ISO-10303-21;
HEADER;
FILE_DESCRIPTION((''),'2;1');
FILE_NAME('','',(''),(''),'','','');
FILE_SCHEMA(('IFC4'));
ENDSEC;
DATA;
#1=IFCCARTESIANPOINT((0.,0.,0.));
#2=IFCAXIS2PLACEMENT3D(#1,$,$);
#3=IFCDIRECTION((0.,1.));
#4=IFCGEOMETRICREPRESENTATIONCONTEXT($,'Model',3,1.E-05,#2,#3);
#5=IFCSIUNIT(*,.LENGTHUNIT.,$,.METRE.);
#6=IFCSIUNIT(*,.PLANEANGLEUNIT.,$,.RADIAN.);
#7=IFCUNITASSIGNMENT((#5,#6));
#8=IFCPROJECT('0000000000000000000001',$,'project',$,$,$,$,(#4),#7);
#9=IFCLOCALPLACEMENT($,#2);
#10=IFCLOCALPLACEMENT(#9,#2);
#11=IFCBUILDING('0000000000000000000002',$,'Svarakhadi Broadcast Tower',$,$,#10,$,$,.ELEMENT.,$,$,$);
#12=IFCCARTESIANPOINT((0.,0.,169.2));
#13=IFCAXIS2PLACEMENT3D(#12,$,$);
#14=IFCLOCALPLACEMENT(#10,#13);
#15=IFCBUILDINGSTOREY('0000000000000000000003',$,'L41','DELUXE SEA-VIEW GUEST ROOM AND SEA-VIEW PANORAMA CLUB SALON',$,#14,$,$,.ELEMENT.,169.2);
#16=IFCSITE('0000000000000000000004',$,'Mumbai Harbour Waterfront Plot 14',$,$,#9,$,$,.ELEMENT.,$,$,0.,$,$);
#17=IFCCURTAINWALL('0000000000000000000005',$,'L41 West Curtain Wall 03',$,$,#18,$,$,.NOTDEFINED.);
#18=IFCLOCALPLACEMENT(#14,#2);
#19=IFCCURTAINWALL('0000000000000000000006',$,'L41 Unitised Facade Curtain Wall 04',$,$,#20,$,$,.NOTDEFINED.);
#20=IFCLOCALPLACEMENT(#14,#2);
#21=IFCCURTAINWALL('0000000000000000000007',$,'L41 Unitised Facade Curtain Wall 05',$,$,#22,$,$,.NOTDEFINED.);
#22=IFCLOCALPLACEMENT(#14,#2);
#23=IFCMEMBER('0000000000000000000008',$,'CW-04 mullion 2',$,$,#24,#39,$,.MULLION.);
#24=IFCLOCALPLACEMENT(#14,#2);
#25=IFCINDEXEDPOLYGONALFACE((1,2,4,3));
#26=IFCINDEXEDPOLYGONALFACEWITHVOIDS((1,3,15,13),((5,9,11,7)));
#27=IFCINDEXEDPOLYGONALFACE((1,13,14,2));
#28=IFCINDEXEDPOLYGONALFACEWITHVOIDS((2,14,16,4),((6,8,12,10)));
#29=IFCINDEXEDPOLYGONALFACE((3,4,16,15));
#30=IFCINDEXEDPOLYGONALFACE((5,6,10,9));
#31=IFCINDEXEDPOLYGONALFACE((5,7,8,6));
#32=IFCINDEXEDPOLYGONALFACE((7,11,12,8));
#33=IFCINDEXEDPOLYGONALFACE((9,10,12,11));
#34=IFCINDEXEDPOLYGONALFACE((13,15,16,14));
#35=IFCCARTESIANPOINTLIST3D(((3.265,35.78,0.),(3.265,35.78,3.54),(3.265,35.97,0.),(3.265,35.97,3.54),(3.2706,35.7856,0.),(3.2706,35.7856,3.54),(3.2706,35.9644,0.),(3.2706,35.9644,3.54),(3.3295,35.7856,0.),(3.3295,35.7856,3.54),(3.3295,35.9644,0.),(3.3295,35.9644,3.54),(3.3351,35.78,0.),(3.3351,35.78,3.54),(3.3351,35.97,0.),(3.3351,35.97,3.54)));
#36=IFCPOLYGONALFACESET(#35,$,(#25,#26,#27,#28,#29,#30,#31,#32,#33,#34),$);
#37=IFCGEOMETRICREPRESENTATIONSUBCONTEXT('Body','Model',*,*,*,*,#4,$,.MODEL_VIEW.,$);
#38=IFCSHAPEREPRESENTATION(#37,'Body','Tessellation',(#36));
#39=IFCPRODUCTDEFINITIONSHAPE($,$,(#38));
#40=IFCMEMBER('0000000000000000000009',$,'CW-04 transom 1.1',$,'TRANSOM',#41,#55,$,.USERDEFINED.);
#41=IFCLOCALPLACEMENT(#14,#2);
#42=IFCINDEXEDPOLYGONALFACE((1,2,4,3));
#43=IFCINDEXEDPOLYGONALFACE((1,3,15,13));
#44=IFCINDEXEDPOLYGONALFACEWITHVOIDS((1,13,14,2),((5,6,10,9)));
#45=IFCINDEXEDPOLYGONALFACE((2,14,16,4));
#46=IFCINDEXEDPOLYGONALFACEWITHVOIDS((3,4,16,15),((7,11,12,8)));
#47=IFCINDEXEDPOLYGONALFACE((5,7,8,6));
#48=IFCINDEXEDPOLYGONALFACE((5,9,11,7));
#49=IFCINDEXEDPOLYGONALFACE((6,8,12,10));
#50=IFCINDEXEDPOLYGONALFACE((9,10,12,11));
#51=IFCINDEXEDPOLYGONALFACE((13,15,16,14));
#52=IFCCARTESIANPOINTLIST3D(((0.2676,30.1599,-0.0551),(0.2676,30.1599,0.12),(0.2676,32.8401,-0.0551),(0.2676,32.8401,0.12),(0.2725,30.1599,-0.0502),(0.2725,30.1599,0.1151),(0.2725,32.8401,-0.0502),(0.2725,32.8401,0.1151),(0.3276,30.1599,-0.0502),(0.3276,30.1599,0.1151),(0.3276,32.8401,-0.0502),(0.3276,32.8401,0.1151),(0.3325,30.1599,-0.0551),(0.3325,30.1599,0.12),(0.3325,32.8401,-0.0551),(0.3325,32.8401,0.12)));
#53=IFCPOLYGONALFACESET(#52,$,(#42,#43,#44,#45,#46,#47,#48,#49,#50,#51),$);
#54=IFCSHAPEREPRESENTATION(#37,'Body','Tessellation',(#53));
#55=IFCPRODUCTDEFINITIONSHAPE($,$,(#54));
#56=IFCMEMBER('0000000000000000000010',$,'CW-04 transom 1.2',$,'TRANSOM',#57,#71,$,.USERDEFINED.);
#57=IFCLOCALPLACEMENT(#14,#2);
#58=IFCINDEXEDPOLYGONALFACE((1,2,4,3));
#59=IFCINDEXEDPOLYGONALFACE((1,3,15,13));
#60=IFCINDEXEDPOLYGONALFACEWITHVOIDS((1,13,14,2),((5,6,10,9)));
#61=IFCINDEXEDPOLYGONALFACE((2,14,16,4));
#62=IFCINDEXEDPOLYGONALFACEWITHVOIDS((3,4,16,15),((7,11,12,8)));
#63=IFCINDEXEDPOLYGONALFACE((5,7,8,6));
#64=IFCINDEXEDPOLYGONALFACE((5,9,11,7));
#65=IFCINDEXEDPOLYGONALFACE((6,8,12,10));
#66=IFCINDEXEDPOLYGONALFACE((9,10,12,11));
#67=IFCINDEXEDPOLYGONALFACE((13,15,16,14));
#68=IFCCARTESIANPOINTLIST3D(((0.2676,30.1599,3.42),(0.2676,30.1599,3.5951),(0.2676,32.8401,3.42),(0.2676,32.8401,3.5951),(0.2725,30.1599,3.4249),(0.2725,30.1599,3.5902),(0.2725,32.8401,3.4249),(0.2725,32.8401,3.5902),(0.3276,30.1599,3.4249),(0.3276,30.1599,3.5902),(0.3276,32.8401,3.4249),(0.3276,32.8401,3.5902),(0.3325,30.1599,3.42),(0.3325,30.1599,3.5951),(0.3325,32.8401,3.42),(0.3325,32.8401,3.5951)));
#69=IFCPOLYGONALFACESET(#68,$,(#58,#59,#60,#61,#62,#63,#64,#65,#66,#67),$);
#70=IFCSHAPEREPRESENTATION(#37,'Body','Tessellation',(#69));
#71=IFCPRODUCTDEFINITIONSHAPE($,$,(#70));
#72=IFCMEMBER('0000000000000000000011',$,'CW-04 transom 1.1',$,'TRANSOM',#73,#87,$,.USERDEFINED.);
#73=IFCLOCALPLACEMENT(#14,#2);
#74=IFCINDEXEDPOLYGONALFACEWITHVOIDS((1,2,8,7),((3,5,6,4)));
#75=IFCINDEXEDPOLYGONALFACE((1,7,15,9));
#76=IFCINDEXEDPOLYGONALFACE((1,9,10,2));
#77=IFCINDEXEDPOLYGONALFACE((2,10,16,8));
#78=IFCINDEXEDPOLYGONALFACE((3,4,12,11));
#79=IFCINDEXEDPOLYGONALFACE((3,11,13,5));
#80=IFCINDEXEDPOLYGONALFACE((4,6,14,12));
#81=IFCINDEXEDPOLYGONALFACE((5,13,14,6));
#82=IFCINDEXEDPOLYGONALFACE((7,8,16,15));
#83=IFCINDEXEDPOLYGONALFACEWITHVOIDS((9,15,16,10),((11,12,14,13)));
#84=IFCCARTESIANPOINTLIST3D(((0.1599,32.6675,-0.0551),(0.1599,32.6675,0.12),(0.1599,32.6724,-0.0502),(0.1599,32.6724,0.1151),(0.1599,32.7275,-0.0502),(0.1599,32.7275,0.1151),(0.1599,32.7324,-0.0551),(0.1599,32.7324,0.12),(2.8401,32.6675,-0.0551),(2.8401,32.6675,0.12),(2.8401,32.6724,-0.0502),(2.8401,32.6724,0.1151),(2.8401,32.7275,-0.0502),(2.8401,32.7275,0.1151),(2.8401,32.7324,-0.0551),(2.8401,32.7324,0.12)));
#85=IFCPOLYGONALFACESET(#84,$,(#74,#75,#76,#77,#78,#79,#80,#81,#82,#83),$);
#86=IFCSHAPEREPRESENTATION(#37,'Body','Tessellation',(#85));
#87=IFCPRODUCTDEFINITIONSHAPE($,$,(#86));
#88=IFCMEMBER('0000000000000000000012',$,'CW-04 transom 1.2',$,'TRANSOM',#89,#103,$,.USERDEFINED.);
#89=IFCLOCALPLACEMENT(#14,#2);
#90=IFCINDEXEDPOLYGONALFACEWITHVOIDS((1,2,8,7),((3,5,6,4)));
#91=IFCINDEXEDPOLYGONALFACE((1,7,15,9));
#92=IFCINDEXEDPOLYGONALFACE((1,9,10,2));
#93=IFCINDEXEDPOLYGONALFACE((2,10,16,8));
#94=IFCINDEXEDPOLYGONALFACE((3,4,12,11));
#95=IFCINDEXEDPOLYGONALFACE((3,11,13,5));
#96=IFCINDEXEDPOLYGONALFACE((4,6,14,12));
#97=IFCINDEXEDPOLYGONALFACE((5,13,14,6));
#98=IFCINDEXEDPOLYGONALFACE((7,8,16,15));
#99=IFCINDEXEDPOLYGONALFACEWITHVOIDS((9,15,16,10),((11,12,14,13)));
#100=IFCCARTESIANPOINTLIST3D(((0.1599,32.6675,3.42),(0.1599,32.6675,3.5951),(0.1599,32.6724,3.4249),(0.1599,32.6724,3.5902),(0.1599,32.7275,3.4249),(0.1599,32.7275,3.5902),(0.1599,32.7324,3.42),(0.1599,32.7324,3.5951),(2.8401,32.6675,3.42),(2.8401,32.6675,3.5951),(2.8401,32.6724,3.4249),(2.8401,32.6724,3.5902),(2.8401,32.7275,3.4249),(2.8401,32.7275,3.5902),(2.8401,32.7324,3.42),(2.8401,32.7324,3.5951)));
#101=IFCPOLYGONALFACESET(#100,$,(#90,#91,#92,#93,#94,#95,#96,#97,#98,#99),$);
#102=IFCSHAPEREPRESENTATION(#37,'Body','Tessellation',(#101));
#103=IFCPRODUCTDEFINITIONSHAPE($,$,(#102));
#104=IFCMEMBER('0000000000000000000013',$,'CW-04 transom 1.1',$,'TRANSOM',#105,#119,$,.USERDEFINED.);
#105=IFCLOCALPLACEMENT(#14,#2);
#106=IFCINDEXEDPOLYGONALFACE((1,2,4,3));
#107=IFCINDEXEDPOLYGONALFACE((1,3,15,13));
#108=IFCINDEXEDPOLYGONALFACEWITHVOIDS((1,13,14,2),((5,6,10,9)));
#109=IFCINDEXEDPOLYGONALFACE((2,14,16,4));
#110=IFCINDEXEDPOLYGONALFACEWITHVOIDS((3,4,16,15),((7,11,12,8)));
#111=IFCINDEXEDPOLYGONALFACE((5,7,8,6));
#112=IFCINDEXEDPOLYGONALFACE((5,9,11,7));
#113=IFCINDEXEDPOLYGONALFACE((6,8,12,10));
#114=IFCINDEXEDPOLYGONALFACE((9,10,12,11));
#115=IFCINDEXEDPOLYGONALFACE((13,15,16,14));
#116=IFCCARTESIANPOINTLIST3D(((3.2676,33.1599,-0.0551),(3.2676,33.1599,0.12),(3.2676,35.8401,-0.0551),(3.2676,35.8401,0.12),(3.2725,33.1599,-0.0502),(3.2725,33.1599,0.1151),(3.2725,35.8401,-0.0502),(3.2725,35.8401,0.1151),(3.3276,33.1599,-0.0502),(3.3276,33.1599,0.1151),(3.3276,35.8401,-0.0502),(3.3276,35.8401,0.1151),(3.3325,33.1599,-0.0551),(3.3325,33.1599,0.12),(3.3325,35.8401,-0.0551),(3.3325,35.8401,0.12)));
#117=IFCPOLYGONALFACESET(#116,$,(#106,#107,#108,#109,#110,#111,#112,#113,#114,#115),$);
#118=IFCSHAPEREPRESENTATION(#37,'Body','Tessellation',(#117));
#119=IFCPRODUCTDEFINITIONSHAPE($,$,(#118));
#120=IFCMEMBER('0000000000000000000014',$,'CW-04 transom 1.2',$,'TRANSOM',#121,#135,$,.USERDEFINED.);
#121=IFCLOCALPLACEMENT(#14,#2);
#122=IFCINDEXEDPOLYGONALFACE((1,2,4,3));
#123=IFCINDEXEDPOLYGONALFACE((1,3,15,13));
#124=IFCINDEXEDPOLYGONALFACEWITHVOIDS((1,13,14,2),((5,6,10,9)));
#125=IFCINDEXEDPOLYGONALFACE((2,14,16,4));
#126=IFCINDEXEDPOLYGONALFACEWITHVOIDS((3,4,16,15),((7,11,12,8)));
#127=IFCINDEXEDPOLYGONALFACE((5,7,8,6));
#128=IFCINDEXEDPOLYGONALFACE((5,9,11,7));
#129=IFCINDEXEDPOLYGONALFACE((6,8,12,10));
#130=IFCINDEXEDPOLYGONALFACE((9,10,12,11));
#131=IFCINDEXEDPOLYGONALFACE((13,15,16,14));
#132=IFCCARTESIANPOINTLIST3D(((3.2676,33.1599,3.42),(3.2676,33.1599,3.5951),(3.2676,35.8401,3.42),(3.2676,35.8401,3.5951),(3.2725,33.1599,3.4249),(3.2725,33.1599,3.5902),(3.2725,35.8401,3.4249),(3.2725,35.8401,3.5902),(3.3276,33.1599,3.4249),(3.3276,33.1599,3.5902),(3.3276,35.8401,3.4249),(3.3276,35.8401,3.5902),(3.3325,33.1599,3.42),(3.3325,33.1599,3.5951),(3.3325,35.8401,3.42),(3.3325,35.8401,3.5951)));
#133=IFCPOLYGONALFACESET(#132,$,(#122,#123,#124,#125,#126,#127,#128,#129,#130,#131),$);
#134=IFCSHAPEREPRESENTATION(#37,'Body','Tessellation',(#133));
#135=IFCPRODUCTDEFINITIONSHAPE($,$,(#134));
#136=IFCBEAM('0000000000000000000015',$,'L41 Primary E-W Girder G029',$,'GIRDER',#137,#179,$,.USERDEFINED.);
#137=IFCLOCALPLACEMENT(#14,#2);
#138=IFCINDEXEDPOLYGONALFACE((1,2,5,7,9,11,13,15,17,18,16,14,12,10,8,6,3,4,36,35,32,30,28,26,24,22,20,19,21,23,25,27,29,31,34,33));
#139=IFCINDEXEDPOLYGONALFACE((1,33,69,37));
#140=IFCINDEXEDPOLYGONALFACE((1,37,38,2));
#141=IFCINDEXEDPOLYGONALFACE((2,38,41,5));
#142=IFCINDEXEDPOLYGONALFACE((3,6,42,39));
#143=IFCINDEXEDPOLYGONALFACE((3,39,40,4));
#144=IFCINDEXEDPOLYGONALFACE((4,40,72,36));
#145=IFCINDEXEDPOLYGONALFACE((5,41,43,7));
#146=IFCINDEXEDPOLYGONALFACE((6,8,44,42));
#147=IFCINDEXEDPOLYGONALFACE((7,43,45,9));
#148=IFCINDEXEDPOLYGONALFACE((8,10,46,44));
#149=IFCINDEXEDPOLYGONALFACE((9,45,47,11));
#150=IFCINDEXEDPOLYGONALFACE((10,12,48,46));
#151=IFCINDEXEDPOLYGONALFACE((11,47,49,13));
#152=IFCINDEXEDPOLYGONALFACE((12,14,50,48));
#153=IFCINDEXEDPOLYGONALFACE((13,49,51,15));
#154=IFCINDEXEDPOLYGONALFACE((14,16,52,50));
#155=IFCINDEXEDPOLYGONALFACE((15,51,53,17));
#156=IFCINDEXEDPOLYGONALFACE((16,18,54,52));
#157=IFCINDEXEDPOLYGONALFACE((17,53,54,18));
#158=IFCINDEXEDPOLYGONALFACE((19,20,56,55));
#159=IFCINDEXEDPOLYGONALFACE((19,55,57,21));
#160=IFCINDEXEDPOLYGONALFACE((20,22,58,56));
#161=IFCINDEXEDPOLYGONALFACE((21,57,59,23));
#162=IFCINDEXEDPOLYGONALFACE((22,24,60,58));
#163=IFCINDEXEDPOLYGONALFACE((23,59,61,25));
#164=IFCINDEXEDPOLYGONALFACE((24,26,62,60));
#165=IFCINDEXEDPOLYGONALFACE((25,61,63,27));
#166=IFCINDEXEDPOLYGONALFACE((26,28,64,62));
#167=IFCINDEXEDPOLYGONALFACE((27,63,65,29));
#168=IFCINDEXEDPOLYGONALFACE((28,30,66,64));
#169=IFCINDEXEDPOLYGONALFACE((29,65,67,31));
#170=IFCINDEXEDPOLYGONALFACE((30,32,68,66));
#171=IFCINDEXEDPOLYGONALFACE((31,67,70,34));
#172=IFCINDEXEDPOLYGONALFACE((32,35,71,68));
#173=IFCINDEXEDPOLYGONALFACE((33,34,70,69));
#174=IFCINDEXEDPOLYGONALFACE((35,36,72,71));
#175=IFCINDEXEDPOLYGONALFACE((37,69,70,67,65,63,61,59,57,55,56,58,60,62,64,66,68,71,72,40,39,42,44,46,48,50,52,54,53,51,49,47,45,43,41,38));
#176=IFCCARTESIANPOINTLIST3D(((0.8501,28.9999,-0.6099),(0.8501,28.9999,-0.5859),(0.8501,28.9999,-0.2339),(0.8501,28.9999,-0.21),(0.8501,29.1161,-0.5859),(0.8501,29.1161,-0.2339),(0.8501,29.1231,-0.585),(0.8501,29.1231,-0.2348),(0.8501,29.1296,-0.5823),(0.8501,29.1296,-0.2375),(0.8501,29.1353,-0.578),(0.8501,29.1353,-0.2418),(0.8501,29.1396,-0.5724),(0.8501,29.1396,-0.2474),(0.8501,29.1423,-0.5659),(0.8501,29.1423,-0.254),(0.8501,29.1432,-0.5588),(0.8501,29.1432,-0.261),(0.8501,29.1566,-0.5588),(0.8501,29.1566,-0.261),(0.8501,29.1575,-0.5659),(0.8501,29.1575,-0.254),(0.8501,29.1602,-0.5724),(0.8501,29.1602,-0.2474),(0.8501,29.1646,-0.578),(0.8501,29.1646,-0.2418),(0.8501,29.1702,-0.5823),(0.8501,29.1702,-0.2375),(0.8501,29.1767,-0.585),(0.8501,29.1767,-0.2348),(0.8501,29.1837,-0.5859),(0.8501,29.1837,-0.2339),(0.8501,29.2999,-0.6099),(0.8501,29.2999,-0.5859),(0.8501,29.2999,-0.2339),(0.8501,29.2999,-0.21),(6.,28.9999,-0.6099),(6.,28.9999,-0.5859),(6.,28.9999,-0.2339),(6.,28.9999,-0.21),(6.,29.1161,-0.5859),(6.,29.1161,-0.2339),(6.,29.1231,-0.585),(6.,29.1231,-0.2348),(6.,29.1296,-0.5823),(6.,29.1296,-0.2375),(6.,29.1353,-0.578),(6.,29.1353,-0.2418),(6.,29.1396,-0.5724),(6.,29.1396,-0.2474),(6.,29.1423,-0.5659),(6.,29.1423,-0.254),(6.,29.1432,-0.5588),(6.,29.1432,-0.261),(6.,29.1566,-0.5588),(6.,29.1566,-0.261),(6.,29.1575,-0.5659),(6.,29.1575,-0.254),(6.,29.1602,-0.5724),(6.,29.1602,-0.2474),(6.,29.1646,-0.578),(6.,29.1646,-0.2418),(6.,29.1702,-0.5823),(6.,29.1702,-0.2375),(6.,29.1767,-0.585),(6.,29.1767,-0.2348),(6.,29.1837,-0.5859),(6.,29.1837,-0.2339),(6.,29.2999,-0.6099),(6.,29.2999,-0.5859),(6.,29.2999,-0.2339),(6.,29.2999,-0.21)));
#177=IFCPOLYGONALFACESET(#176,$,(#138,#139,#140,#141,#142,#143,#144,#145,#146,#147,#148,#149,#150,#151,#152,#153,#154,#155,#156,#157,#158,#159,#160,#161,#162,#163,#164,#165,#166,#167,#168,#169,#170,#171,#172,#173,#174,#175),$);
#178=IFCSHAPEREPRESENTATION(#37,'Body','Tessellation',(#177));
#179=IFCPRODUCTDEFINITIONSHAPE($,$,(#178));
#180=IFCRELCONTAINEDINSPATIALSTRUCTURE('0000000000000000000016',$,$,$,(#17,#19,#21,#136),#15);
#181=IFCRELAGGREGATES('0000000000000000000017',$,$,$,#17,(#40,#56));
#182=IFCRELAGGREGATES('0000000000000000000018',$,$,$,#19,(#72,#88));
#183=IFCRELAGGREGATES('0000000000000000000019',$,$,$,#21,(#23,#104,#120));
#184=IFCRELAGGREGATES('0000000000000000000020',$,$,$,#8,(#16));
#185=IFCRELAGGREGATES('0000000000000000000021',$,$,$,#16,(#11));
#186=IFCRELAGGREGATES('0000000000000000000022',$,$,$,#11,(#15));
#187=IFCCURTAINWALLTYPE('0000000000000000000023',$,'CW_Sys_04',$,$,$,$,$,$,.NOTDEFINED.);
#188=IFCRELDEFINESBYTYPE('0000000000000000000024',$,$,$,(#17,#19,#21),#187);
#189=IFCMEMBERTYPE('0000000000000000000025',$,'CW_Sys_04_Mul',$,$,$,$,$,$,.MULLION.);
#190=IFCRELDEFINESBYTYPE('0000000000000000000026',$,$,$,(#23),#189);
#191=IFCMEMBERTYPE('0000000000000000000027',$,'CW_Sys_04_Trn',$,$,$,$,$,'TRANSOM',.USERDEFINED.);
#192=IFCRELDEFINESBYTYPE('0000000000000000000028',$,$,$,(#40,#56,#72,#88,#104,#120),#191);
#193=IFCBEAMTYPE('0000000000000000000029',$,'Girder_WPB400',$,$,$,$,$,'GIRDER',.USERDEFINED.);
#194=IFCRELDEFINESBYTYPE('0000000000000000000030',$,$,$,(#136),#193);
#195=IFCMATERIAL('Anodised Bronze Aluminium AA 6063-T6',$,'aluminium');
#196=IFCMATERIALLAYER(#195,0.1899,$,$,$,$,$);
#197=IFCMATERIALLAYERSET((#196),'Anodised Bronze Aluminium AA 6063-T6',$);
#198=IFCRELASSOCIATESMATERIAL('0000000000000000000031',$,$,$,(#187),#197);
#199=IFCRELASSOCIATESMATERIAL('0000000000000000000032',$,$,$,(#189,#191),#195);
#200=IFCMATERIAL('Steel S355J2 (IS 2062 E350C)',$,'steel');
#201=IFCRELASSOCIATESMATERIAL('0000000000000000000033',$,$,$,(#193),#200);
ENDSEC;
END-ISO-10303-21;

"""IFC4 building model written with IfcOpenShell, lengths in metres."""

from ifc_helpers import new_model, si_unit, direction, frame, origin, origin_2d, place, context, subcontext, project, spatial, hollow_rectangle, i_section, extrude, material, layer, layer_set, material_profile, profile_set, type_object, element, aggregate, save


model = new_model("IFC4")

# Units and contexts
model_context = context("Model", 3, precision=1e-05, world=origin(), true_north=direction((0.0, 1.0)))
body_context = subcontext(model_context, "Body", "Model", "MODEL_VIEW")
ifc_project = project(units=[si_unit("LENGTHUNIT", "METRE"), si_unit("PLANEANGLEUNIT", "RADIAN")], contexts=[model_context])

# Site, building, storey
site_placement = place(None, origin())
site = spatial("IfcSite", under=ifc_project, at=site_placement, Name="Mumbai Harbour Waterfront Plot 14", CompositionType="ELEMENT", RefElevation=0.0)
building_placement = place(site_placement, origin())
building = spatial("IfcBuilding", under=site, at=building_placement, Name="Svarakhadi Broadcast Tower", CompositionType="ELEMENT")
storey_placement = place(building_placement, frame((0.0, 0.0, 169.2)))
storey = spatial("IfcBuildingStorey", under=building, at=storey_placement, Name="L41", Description="DELUXE SEA-VIEW GUEST ROOM AND SEA-VIEW PANORAMA CLUB SALON", CompositionType="ELEMENT", Elevation=169.2)

# Shared definitions
ifc_material_1 = material(Name="Steel S355J2 (IS 2062 E350C)", Category="steel")

# Curtain walls, member
ifc_material_2 = material(Name="Anodised Bronze Aluminium AA 6063-T6", Category="aluminium")
ifc_layer_1 = layer(ifc_material_2, 0.1899)
ifc_layer_set_1 = layer_set([ifc_layer_1], Name="Anodised Bronze Aluminium AA 6063-T6")
curtain_wall_type = type_object("IfcCurtainWallType", Name="CW_Sys_04", PredefinedType="NOTDEFINED", material=ifc_layer_set_1)
curtain_wall_1_placement = place(storey_placement, origin())
curtain_wall_1 = element("IfcCurtainWall", 1, at=curtain_wall_1_placement, inside=storey, type_object=curtain_wall_type, Name="L41 West Curtain Wall 03", PredefinedType="NOTDEFINED")
ifc_material_profile_1 = material_profile(ifc_material_2, hollow_rectangle(XDim=0.0701, YDim=0.1899, WallThickness=0.0056, at=origin_2d()), Name="ALU MULLION 190x70x6")
ifc_profile_set_1 = profile_set([ifc_material_profile_1], Name="Anodised Bronze Aluminium AA 6063-T6")
member_type_1 = type_object("IfcMemberType", Name="CW_Sys_04_Mul", PredefinedType="MULLION", material=ifc_profile_set_1)
curtain_wall_2_placement = place(storey_placement, origin())
curtain_wall_2 = element("IfcCurtainWall", 2, at=curtain_wall_2_placement, inside=storey, type_object=curtain_wall_type, Name="L41 Unitised Facade Curtain Wall 04", PredefinedType="NOTDEFINED")
curtain_wall_3_placement = place(storey_placement, origin())
curtain_wall_3 = element("IfcCurtainWall", 3, at=curtain_wall_3_placement, inside=storey, type_object=curtain_wall_type, Name="L41 Unitised Facade Curtain Wall 05", PredefinedType="NOTDEFINED")
member_1_placement = place(storey_placement, frame((3.3, 35.875, 0.0), z_axis=(0.0, 0.0, 1.0), x_axis=(-1.0, 0.0, 0.0)))
member_1 = element("IfcMember", 4, at=member_1_placement, type_object=member_type_1, Name="CW-04 mullion 2", PredefinedType="MULLION", context=body_context, shape_type="SweptSolid", body=[
    extrude(hollow_rectangle(XDim=0.0701, YDim=0.1899, WallThickness=0.0056, at=origin_2d()), origin(), (0.0, 0.0, 1.0), 3.54),
])

# Members
ifc_material_profile_2 = material_profile(ifc_material_2, hollow_rectangle(XDim=0.0649, YDim=0.175, WallThickness=0.0049, at=origin_2d()), Name="ALU TRANSOM 175x65x5")
ifc_profile_set_2 = profile_set([ifc_material_profile_2], Name="Anodised Bronze Aluminium AA 6063-T6")
member_type_2 = type_object("IfcMemberType", Name="CW_Sys_04_Trn", ElementType="TRANSOM", PredefinedType="USERDEFINED", material=ifc_profile_set_2)
member_2_placement = place(storey_placement, frame((0.3, 30.1599, 0.0325), z_axis=(0.0, 1.0, 0.0), x_axis=(-1.0, 0.0, 0.0)))
member_2 = element("IfcMember", 5, at=member_2_placement, type_object=member_type_2, Name="CW-04 transom 1.1", ObjectType="TRANSOM", PredefinedType="USERDEFINED", context=body_context, shape_type="SweptSolid", body=[
    extrude(hollow_rectangle(XDim=0.0649, YDim=0.175, WallThickness=0.0049, at=origin_2d()), origin(), (0.0, 0.0, 1.0), 2.6802),
])
member_3_placement = place(storey_placement, frame((0.3, 30.1599, 3.5076), z_axis=(0.0, 1.0, 0.0), x_axis=(-1.0, 0.0, 0.0)))
member_3 = element("IfcMember", 6, at=member_3_placement, type_object=member_type_2, Name="CW-04 transom 1.2", ObjectType="TRANSOM", PredefinedType="USERDEFINED", context=body_context, shape_type="SweptSolid", body=[
    extrude(hollow_rectangle(XDim=0.0649, YDim=0.175, WallThickness=0.0049, at=origin_2d()), origin(), (0.0, 0.0, 1.0), 2.6802),
])
member_4_placement = place(storey_placement, frame((0.1599, 32.7, 0.0325), z_axis=(1.0, 0.0, 0.0), x_axis=(0.0, 1.0, 0.0)))
member_4 = element("IfcMember", 7, at=member_4_placement, type_object=member_type_2, Name="CW-04 transom 1.1", ObjectType="TRANSOM", PredefinedType="USERDEFINED", context=body_context, shape_type="SweptSolid", body=[
    extrude(hollow_rectangle(XDim=0.0649, YDim=0.175, WallThickness=0.0049, at=origin_2d()), origin(), (0.0, 0.0, 1.0), 2.6802),
])
member_5_placement = place(storey_placement, frame((0.1599, 32.7, 3.5076), z_axis=(1.0, 0.0, 0.0), x_axis=(0.0, 1.0, 0.0)))
member_5 = element("IfcMember", 8, at=member_5_placement, type_object=member_type_2, Name="CW-04 transom 1.2", ObjectType="TRANSOM", PredefinedType="USERDEFINED", context=body_context, shape_type="SweptSolid", body=[
    extrude(hollow_rectangle(XDim=0.0649, YDim=0.175, WallThickness=0.0049, at=origin_2d()), origin(), (0.0, 0.0, 1.0), 2.6802),
])
member_6_placement = place(storey_placement, frame((3.3, 33.1599, 0.0325), z_axis=(0.0, 1.0, 0.0), x_axis=(-1.0, 0.0, 0.0)))
member_6 = element("IfcMember", 9, at=member_6_placement, type_object=member_type_2, Name="CW-04 transom 1.1", ObjectType="TRANSOM", PredefinedType="USERDEFINED", context=body_context, shape_type="SweptSolid", body=[
    extrude(hollow_rectangle(XDim=0.0649, YDim=0.175, WallThickness=0.0049, at=origin_2d()), origin(), (0.0, 0.0, 1.0), 2.6802),
])
member_7_placement = place(storey_placement, frame((3.3, 33.1599, 3.5076), z_axis=(0.0, 1.0, 0.0), x_axis=(-1.0, 0.0, 0.0)))
member_7 = element("IfcMember", 10, at=member_7_placement, type_object=member_type_2, Name="CW-04 transom 1.2", ObjectType="TRANSOM", PredefinedType="USERDEFINED", context=body_context, shape_type="SweptSolid", body=[
    extrude(hollow_rectangle(XDim=0.0649, YDim=0.175, WallThickness=0.0049, at=origin_2d()), origin(), (0.0, 0.0, 1.0), 2.6802),
])

# Beam
ifc_material_profile_3 = material_profile(ifc_material_1, i_section(OverallWidth=0.3, OverallDepth=0.3999, WebThickness=0.0134, FlangeThickness=0.0239, FilletRadius=0.0271, at=origin_2d()), Name="WPB 400x300x155")
ifc_profile_set_3 = profile_set([ifc_material_profile_3], Name="Steel S355J2 (IS 2062 E350C)")
beam_type_1 = type_object("IfcBeamType", Name="Girder_WPB400", ElementType="GIRDER", PredefinedType="USERDEFINED", material=ifc_profile_set_3)
for number, where, z_axis, x_axis, name in (
    (11, (0.8501, 29.1499, -0.4099), (1.0, 0.0, 0.0), (0.0, 1.0, 0.0), "L41 Primary E-W Girder G029"),
):
    element("IfcBeam", number, at=place(storey_placement, frame(where, z_axis=z_axis, x_axis=x_axis)), inside=storey, type_object=beam_type_1, Name=name, ObjectType="GIRDER", PredefinedType="USERDEFINED", context=body_context, shape_type="SweptSolid", body=[
        extrude(i_section(OverallWidth=0.3, OverallDepth=0.3999, WebThickness=0.0134, FlangeThickness=0.0239, FilletRadius=0.0271, at=origin_2d()), origin(), (0.0, 0.0, 1.0), 5.1499),
    ])

aggregate(curtain_wall_1, [member_2, member_3])
aggregate(curtain_wall_2, [member_4, member_5])
aggregate(curtain_wall_3, [member_1, member_6, member_7])

save(model, "model.ifc")
